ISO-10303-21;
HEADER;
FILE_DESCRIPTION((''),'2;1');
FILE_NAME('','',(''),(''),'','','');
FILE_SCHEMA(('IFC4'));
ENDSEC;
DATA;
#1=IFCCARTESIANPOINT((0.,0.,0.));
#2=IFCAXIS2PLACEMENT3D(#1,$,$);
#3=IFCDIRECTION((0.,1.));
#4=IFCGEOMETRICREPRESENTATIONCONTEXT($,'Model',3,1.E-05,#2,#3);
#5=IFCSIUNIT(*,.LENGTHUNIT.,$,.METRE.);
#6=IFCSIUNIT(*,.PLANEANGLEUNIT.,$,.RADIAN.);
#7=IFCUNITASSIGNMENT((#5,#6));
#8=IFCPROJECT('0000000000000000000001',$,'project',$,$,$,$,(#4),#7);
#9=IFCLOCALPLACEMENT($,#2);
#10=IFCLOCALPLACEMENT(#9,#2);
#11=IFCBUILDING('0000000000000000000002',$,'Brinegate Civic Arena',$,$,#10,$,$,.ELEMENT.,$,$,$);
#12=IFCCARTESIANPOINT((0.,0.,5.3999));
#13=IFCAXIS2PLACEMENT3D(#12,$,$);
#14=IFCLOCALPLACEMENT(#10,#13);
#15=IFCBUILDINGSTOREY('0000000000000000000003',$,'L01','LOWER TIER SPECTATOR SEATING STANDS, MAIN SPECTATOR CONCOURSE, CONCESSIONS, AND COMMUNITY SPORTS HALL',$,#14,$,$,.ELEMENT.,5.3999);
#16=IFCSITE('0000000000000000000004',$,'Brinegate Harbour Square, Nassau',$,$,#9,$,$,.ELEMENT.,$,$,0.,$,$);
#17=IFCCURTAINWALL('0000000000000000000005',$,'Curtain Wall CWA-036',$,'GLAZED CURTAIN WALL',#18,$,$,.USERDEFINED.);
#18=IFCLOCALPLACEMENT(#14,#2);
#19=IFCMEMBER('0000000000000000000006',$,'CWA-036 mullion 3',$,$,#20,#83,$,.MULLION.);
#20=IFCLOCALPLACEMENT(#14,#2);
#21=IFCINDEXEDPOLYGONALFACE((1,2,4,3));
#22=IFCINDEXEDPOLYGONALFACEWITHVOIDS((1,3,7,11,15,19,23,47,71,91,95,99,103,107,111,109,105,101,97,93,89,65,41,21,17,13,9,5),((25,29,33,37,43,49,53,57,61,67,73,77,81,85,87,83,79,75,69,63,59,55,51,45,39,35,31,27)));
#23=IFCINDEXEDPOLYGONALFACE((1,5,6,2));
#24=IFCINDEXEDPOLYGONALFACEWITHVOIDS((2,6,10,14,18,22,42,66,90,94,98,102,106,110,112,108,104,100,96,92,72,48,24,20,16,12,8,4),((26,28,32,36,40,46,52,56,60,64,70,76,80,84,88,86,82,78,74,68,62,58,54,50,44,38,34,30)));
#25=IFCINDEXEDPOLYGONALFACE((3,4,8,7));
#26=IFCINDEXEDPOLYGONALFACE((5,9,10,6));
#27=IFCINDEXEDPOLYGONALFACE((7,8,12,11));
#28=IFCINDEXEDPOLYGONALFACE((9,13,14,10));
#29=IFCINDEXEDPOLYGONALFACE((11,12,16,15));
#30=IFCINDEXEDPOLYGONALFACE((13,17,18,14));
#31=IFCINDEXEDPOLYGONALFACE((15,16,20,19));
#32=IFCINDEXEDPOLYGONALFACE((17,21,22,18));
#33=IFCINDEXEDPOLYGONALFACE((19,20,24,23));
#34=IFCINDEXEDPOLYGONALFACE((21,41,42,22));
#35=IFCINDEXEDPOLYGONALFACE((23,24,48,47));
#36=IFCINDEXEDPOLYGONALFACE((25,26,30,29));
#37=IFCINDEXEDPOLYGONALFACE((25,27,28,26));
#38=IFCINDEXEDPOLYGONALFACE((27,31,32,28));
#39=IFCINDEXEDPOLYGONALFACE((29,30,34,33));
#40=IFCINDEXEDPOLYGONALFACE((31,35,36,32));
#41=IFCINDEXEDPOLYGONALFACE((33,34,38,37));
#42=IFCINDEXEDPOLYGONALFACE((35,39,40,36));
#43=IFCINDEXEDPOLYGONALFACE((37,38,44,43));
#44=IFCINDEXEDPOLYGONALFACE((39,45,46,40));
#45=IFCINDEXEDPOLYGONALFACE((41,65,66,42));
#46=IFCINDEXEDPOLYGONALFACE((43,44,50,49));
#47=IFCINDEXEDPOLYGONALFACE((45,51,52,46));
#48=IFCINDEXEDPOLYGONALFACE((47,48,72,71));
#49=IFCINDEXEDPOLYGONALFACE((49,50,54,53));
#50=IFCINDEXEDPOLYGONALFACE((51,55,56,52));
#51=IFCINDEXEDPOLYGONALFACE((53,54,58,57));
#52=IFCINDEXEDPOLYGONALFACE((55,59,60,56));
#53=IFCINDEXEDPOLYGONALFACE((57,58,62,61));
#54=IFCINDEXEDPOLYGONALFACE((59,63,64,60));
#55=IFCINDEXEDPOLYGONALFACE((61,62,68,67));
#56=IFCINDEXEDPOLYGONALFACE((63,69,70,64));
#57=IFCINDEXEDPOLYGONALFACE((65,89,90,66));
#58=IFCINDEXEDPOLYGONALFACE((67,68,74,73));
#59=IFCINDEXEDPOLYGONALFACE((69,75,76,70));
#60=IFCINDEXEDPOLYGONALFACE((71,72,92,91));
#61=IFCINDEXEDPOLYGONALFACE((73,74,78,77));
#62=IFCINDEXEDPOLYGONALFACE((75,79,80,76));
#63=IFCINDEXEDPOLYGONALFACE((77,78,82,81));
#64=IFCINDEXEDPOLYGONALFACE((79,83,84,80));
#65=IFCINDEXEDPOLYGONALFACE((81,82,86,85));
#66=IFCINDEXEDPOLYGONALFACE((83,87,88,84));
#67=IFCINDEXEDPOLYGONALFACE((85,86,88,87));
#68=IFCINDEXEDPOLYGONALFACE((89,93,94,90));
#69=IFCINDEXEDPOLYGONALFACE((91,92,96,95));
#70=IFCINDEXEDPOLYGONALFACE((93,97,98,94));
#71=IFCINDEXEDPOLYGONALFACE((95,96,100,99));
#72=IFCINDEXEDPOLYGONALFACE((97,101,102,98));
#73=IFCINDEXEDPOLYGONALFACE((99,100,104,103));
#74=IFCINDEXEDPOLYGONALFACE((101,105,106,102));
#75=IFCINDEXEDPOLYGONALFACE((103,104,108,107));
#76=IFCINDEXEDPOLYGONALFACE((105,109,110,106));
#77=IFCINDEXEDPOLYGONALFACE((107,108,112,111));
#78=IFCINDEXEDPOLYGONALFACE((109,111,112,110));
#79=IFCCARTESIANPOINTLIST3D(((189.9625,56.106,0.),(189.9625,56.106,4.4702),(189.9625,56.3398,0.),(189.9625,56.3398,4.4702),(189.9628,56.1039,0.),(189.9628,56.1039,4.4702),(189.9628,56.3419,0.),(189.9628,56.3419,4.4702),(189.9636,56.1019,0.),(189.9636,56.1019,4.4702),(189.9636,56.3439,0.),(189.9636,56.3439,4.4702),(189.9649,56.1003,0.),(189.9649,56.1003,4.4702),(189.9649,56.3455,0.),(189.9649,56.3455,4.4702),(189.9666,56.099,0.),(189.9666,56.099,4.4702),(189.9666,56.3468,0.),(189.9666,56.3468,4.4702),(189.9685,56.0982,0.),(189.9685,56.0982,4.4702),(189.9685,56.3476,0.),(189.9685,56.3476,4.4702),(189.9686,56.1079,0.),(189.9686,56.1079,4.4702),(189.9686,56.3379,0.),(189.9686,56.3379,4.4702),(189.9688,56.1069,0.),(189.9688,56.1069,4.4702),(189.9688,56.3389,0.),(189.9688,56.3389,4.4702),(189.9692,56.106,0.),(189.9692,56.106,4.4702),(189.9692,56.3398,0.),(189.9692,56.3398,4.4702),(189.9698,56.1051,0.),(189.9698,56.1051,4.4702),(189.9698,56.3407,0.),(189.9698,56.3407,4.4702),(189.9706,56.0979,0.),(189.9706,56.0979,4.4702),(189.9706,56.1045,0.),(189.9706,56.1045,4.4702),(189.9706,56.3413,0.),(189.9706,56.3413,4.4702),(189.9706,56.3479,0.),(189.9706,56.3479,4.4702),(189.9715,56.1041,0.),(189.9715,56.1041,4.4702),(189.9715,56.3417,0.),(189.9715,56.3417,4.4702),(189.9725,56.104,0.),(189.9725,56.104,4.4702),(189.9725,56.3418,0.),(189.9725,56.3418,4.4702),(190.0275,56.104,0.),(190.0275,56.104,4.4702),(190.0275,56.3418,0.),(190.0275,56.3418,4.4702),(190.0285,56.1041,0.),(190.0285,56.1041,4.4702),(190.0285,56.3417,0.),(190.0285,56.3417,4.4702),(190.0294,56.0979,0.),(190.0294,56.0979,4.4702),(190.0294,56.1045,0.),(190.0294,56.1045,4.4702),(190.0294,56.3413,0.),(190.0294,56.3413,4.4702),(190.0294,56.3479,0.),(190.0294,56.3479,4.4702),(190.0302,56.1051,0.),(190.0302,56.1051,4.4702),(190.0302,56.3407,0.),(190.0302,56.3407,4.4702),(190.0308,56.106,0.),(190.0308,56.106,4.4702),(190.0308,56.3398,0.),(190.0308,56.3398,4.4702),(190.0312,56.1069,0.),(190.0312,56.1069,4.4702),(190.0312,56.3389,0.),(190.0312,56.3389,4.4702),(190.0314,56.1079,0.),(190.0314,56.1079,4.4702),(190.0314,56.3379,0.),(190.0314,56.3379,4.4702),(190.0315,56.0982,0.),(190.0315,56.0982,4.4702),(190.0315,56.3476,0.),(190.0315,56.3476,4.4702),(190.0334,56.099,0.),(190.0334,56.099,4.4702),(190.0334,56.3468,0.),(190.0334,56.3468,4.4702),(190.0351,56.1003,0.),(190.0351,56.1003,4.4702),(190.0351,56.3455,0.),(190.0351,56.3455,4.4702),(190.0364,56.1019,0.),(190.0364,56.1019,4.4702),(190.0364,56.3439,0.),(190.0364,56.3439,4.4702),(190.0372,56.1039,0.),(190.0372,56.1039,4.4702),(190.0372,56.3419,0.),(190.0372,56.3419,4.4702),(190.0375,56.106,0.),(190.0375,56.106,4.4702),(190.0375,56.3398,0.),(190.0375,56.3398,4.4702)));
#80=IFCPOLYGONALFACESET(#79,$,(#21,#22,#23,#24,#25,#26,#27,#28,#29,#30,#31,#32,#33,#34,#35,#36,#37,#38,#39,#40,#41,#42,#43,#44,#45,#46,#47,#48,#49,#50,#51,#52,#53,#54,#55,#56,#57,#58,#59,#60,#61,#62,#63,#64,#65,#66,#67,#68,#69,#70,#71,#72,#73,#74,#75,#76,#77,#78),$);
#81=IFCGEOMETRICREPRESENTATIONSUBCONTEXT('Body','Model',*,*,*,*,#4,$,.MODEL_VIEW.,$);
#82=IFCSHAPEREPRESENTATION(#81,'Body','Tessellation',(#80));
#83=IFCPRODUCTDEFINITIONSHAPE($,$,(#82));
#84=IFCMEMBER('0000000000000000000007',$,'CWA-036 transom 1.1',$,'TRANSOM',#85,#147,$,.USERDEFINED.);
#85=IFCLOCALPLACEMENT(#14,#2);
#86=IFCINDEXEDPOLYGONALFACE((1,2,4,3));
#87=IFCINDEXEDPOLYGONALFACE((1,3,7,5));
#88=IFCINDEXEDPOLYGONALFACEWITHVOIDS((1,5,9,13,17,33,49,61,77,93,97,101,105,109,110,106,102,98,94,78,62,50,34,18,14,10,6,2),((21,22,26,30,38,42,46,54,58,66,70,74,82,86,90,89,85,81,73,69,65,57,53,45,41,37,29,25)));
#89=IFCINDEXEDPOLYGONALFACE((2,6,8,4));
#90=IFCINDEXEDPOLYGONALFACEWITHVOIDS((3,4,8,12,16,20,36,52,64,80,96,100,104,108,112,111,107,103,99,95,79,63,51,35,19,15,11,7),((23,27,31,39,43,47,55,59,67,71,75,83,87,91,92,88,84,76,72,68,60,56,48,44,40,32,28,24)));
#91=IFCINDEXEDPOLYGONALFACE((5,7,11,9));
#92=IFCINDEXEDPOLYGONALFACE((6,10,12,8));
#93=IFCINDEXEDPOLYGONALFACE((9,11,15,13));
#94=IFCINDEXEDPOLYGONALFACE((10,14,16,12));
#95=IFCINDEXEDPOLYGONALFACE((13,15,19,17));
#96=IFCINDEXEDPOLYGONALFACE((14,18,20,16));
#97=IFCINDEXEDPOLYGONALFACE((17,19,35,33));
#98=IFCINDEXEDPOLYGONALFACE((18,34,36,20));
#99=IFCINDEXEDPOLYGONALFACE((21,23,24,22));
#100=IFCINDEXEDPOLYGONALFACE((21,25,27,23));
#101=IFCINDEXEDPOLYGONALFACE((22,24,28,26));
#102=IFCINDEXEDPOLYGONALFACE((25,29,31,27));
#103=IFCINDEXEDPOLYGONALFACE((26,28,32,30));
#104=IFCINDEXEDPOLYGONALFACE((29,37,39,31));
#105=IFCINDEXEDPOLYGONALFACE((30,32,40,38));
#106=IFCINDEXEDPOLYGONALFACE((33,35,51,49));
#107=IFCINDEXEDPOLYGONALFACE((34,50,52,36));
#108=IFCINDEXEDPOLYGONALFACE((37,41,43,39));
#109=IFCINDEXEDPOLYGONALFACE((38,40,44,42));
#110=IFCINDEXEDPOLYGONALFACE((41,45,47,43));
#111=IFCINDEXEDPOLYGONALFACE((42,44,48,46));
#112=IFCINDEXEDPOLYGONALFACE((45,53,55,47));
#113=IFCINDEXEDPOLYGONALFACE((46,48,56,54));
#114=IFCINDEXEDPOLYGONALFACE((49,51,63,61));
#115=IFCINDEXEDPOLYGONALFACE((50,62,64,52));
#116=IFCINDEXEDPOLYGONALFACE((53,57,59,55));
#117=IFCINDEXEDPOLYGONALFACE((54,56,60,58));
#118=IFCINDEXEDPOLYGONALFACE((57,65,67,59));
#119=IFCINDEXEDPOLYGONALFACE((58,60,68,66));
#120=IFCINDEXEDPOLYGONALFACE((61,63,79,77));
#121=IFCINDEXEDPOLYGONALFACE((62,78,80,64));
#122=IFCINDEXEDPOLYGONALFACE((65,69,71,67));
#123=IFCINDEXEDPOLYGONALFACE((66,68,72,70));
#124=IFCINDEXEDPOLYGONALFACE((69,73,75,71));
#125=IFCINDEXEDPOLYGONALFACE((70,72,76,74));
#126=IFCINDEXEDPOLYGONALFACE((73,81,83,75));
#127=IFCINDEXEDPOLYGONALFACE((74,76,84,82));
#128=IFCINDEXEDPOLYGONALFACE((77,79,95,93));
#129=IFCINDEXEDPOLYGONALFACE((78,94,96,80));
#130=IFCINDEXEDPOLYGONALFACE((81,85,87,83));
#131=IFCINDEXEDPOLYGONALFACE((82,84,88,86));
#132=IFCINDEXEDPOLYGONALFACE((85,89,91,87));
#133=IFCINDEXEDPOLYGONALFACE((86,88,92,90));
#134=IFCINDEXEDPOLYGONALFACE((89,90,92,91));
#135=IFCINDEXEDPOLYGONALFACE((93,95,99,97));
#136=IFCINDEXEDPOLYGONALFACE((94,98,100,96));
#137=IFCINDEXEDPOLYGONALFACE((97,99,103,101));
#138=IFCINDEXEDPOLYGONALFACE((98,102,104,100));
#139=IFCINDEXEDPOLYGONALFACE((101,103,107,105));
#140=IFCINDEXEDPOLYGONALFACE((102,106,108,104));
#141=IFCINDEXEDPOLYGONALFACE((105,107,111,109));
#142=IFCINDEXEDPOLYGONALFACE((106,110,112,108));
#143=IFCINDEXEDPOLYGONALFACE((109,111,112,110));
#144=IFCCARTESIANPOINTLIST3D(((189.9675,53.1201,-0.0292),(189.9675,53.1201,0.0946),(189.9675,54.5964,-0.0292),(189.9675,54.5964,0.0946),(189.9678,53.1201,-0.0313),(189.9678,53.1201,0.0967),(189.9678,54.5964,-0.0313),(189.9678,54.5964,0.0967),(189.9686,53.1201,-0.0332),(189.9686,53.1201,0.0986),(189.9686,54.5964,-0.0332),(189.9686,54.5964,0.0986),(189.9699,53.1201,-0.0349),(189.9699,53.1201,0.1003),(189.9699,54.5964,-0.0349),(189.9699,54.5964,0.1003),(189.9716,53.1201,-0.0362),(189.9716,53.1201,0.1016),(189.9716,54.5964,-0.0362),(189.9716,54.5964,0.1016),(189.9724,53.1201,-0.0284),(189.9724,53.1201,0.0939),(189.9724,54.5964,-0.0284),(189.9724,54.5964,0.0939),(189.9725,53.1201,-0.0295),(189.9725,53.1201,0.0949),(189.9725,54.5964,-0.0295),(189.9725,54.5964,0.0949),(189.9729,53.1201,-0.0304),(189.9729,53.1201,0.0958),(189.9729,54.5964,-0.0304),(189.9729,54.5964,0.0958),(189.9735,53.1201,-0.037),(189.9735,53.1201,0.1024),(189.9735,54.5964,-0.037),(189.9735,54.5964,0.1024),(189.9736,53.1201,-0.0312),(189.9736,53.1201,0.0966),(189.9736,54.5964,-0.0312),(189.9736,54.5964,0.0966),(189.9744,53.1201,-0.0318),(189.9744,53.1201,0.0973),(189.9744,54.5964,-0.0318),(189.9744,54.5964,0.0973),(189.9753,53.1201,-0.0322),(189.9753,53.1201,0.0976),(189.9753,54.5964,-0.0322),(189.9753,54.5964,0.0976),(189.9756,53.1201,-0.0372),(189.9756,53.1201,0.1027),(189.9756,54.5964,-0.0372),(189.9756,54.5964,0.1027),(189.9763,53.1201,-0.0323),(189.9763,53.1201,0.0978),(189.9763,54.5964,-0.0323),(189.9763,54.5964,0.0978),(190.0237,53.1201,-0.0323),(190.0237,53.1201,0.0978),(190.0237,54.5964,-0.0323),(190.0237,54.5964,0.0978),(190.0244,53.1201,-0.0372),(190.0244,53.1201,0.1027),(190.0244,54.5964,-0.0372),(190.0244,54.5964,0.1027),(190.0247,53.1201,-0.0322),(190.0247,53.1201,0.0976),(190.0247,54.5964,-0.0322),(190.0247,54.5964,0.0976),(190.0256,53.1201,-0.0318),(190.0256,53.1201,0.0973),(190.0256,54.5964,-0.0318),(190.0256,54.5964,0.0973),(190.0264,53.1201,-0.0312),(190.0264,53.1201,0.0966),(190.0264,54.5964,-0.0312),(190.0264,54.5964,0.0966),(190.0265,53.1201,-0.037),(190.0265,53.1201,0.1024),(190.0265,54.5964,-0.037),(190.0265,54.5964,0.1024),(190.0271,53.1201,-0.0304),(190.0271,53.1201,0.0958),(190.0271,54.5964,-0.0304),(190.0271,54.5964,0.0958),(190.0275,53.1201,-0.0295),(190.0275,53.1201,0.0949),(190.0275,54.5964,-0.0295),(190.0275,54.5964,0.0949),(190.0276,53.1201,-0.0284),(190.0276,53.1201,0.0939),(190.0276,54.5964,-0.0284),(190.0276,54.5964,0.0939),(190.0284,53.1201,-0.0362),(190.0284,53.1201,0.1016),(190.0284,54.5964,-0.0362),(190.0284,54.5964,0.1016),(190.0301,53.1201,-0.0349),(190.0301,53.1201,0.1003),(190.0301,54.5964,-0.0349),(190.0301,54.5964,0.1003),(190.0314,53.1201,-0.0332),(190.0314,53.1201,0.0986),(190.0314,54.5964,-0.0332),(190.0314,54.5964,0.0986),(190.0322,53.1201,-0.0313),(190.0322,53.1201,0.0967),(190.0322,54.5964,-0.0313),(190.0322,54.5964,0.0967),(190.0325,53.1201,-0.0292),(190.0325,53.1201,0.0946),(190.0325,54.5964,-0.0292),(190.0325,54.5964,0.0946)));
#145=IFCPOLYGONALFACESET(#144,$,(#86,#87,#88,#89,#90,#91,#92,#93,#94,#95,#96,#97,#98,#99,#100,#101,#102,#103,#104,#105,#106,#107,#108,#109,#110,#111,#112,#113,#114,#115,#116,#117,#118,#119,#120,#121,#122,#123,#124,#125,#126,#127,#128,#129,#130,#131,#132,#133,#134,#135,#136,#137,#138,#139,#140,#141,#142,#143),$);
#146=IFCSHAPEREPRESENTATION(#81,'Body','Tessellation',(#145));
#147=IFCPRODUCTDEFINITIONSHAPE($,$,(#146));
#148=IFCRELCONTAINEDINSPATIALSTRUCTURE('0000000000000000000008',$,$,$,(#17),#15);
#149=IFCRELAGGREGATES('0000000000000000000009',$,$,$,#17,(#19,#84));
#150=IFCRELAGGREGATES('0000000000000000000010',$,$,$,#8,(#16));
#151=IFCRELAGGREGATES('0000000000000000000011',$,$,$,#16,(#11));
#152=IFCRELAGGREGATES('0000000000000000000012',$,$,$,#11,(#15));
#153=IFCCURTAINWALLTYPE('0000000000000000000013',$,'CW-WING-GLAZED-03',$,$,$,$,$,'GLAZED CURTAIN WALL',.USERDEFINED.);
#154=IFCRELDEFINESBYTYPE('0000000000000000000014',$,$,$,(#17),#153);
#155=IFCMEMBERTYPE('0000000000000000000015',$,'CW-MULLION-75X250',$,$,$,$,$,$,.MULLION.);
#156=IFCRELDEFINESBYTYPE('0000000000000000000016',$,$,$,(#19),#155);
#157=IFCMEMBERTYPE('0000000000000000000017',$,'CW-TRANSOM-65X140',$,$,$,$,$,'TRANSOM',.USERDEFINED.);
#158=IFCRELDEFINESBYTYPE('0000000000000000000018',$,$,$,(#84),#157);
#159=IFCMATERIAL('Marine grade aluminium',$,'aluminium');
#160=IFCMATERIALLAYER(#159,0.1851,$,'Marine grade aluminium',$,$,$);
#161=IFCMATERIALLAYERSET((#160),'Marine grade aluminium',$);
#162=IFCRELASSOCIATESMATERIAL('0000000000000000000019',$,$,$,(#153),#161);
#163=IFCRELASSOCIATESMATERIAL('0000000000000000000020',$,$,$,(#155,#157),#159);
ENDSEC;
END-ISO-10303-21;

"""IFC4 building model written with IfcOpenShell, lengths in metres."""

from ifc_helpers import new_model, si_unit, direction, frame, origin, origin_2d, place, context, subcontext, project, spatial, hollow_rectangle, extrude, material, layer, layer_set, material_profile, profile_set, type_object, element, aggregate, save


model = new_model("IFC4")

# Units and contexts
model_context = context("Model", 3, precision=1e-05, world=origin(), true_north=direction((0.0, 1.0)))
body_context = subcontext(model_context, "Body", "Model", "MODEL_VIEW")
ifc_project = project(units=[si_unit("LENGTHUNIT", "METRE"), si_unit("PLANEANGLEUNIT", "RADIAN")], contexts=[model_context])

# Site, building, storey
site_placement = place(None, origin())
site = spatial("IfcSite", under=ifc_project, at=site_placement, Name="Brinegate Harbour Square, Nassau", CompositionType="ELEMENT", RefElevation=0.0)
building_placement = place(site_placement, origin())
building = spatial("IfcBuilding", under=site, at=building_placement, Name="Brinegate Civic Arena", CompositionType="ELEMENT")
storey_placement = place(building_placement, frame((0.0, 0.0, 5.3999)))
storey = spatial("IfcBuildingStorey", under=building, at=storey_placement, Name="L01", Description="LOWER TIER SPECTATOR SEATING STANDS, MAIN SPECTATOR CONCOURSE, CONCESSIONS, AND COMMUNITY SPORTS HALL", CompositionType="ELEMENT", Elevation=5.3999)

# Curtain wall, members
ifc_material_1 = material(Name="Marine grade aluminium", Category="aluminium")
ifc_layer_1 = layer(ifc_material_1, 0.1851, Name="Marine grade aluminium")
ifc_layer_set_1 = layer_set([ifc_layer_1], Name="Marine grade aluminium")
curtain_wall_type = type_object("IfcCurtainWallType", Name="CW-WING-GLAZED-03", ElementType="GLAZED CURTAIN WALL", PredefinedType="USERDEFINED", material=ifc_layer_set_1)
curtain_wall_placement = place(storey_placement, origin())
curtain_wall = element("IfcCurtainWall", 1, at=curtain_wall_placement, inside=storey, type_object=curtain_wall_type, Name="Curtain Wall CWA-036", ObjectType="GLAZED CURTAIN WALL", PredefinedType="USERDEFINED")
ifc_material_profile_1 = material_profile(ifc_material_1, hollow_rectangle(XDim=0.075, YDim=0.25, WallThickness=0.0061, InnerFilletRadius=0.0039, OuterFilletRadius=0.0081, at=origin_2d()), Name="MUL75X250")
ifc_profile_set_1 = profile_set([ifc_material_profile_1], Name="Marine grade aluminium")
member_type_1 = type_object("IfcMemberType", Name="CW-MULLION-75X250", PredefinedType="MULLION", material=ifc_profile_set_1)
member_1_placement = place(storey_placement, frame((190.0, 56.2229, 0.0), z_axis=(0.0, 0.0, 1.0), x_axis=(-1.0, 0.0, 0.0)))
member_1 = element("IfcMember", 2, at=member_1_placement, type_object=member_type_1, Name="CWA-036 mullion 3", PredefinedType="MULLION", context=body_context, shape_type="SweptSolid", body=[
    extrude(hollow_rectangle(XDim=0.075, YDim=0.25, WallThickness=0.0061, InnerFilletRadius=0.0039, OuterFilletRadius=0.0081, at=origin_2d()), origin(), (0.0, 0.0, 1.0), 4.4702),
])
ifc_material_profile_2 = material_profile(ifc_material_1, hollow_rectangle(XDim=0.0649, YDim=0.1399, WallThickness=0.0049, InnerFilletRadius=0.0039, OuterFilletRadius=0.0081, at=origin_2d()), Name="TRN65X140")
ifc_profile_set_2 = profile_set([ifc_material_profile_2], Name="Marine grade aluminium")
member_type_2 = type_object("IfcMemberType", Name="CW-TRANSOM-65X140", ElementType="TRANSOM", PredefinedType="USERDEFINED", material=ifc_profile_set_2)
member_2_placement = place(storey_placement, frame((190.0, 53.1201, 0.0327), z_axis=(0.0, 1.0, 0.0), x_axis=(-1.0, 0.0, 0.0)))
member_2 = element("IfcMember", 3, at=member_2_placement, type_object=member_type_2, Name="CWA-036 transom 1.1", ObjectType="TRANSOM", PredefinedType="USERDEFINED", context=body_context, shape_type="SweptSolid", body=[
    extrude(hollow_rectangle(XDim=0.0649, YDim=0.1399, WallThickness=0.0049, InnerFilletRadius=0.0039, OuterFilletRadius=0.0081, at=origin_2d()), origin(), (0.0, 0.0, 1.0), 1.4763),
])

aggregate(curtain_wall, [member_1, member_2])

save(model, "model.ifc")
